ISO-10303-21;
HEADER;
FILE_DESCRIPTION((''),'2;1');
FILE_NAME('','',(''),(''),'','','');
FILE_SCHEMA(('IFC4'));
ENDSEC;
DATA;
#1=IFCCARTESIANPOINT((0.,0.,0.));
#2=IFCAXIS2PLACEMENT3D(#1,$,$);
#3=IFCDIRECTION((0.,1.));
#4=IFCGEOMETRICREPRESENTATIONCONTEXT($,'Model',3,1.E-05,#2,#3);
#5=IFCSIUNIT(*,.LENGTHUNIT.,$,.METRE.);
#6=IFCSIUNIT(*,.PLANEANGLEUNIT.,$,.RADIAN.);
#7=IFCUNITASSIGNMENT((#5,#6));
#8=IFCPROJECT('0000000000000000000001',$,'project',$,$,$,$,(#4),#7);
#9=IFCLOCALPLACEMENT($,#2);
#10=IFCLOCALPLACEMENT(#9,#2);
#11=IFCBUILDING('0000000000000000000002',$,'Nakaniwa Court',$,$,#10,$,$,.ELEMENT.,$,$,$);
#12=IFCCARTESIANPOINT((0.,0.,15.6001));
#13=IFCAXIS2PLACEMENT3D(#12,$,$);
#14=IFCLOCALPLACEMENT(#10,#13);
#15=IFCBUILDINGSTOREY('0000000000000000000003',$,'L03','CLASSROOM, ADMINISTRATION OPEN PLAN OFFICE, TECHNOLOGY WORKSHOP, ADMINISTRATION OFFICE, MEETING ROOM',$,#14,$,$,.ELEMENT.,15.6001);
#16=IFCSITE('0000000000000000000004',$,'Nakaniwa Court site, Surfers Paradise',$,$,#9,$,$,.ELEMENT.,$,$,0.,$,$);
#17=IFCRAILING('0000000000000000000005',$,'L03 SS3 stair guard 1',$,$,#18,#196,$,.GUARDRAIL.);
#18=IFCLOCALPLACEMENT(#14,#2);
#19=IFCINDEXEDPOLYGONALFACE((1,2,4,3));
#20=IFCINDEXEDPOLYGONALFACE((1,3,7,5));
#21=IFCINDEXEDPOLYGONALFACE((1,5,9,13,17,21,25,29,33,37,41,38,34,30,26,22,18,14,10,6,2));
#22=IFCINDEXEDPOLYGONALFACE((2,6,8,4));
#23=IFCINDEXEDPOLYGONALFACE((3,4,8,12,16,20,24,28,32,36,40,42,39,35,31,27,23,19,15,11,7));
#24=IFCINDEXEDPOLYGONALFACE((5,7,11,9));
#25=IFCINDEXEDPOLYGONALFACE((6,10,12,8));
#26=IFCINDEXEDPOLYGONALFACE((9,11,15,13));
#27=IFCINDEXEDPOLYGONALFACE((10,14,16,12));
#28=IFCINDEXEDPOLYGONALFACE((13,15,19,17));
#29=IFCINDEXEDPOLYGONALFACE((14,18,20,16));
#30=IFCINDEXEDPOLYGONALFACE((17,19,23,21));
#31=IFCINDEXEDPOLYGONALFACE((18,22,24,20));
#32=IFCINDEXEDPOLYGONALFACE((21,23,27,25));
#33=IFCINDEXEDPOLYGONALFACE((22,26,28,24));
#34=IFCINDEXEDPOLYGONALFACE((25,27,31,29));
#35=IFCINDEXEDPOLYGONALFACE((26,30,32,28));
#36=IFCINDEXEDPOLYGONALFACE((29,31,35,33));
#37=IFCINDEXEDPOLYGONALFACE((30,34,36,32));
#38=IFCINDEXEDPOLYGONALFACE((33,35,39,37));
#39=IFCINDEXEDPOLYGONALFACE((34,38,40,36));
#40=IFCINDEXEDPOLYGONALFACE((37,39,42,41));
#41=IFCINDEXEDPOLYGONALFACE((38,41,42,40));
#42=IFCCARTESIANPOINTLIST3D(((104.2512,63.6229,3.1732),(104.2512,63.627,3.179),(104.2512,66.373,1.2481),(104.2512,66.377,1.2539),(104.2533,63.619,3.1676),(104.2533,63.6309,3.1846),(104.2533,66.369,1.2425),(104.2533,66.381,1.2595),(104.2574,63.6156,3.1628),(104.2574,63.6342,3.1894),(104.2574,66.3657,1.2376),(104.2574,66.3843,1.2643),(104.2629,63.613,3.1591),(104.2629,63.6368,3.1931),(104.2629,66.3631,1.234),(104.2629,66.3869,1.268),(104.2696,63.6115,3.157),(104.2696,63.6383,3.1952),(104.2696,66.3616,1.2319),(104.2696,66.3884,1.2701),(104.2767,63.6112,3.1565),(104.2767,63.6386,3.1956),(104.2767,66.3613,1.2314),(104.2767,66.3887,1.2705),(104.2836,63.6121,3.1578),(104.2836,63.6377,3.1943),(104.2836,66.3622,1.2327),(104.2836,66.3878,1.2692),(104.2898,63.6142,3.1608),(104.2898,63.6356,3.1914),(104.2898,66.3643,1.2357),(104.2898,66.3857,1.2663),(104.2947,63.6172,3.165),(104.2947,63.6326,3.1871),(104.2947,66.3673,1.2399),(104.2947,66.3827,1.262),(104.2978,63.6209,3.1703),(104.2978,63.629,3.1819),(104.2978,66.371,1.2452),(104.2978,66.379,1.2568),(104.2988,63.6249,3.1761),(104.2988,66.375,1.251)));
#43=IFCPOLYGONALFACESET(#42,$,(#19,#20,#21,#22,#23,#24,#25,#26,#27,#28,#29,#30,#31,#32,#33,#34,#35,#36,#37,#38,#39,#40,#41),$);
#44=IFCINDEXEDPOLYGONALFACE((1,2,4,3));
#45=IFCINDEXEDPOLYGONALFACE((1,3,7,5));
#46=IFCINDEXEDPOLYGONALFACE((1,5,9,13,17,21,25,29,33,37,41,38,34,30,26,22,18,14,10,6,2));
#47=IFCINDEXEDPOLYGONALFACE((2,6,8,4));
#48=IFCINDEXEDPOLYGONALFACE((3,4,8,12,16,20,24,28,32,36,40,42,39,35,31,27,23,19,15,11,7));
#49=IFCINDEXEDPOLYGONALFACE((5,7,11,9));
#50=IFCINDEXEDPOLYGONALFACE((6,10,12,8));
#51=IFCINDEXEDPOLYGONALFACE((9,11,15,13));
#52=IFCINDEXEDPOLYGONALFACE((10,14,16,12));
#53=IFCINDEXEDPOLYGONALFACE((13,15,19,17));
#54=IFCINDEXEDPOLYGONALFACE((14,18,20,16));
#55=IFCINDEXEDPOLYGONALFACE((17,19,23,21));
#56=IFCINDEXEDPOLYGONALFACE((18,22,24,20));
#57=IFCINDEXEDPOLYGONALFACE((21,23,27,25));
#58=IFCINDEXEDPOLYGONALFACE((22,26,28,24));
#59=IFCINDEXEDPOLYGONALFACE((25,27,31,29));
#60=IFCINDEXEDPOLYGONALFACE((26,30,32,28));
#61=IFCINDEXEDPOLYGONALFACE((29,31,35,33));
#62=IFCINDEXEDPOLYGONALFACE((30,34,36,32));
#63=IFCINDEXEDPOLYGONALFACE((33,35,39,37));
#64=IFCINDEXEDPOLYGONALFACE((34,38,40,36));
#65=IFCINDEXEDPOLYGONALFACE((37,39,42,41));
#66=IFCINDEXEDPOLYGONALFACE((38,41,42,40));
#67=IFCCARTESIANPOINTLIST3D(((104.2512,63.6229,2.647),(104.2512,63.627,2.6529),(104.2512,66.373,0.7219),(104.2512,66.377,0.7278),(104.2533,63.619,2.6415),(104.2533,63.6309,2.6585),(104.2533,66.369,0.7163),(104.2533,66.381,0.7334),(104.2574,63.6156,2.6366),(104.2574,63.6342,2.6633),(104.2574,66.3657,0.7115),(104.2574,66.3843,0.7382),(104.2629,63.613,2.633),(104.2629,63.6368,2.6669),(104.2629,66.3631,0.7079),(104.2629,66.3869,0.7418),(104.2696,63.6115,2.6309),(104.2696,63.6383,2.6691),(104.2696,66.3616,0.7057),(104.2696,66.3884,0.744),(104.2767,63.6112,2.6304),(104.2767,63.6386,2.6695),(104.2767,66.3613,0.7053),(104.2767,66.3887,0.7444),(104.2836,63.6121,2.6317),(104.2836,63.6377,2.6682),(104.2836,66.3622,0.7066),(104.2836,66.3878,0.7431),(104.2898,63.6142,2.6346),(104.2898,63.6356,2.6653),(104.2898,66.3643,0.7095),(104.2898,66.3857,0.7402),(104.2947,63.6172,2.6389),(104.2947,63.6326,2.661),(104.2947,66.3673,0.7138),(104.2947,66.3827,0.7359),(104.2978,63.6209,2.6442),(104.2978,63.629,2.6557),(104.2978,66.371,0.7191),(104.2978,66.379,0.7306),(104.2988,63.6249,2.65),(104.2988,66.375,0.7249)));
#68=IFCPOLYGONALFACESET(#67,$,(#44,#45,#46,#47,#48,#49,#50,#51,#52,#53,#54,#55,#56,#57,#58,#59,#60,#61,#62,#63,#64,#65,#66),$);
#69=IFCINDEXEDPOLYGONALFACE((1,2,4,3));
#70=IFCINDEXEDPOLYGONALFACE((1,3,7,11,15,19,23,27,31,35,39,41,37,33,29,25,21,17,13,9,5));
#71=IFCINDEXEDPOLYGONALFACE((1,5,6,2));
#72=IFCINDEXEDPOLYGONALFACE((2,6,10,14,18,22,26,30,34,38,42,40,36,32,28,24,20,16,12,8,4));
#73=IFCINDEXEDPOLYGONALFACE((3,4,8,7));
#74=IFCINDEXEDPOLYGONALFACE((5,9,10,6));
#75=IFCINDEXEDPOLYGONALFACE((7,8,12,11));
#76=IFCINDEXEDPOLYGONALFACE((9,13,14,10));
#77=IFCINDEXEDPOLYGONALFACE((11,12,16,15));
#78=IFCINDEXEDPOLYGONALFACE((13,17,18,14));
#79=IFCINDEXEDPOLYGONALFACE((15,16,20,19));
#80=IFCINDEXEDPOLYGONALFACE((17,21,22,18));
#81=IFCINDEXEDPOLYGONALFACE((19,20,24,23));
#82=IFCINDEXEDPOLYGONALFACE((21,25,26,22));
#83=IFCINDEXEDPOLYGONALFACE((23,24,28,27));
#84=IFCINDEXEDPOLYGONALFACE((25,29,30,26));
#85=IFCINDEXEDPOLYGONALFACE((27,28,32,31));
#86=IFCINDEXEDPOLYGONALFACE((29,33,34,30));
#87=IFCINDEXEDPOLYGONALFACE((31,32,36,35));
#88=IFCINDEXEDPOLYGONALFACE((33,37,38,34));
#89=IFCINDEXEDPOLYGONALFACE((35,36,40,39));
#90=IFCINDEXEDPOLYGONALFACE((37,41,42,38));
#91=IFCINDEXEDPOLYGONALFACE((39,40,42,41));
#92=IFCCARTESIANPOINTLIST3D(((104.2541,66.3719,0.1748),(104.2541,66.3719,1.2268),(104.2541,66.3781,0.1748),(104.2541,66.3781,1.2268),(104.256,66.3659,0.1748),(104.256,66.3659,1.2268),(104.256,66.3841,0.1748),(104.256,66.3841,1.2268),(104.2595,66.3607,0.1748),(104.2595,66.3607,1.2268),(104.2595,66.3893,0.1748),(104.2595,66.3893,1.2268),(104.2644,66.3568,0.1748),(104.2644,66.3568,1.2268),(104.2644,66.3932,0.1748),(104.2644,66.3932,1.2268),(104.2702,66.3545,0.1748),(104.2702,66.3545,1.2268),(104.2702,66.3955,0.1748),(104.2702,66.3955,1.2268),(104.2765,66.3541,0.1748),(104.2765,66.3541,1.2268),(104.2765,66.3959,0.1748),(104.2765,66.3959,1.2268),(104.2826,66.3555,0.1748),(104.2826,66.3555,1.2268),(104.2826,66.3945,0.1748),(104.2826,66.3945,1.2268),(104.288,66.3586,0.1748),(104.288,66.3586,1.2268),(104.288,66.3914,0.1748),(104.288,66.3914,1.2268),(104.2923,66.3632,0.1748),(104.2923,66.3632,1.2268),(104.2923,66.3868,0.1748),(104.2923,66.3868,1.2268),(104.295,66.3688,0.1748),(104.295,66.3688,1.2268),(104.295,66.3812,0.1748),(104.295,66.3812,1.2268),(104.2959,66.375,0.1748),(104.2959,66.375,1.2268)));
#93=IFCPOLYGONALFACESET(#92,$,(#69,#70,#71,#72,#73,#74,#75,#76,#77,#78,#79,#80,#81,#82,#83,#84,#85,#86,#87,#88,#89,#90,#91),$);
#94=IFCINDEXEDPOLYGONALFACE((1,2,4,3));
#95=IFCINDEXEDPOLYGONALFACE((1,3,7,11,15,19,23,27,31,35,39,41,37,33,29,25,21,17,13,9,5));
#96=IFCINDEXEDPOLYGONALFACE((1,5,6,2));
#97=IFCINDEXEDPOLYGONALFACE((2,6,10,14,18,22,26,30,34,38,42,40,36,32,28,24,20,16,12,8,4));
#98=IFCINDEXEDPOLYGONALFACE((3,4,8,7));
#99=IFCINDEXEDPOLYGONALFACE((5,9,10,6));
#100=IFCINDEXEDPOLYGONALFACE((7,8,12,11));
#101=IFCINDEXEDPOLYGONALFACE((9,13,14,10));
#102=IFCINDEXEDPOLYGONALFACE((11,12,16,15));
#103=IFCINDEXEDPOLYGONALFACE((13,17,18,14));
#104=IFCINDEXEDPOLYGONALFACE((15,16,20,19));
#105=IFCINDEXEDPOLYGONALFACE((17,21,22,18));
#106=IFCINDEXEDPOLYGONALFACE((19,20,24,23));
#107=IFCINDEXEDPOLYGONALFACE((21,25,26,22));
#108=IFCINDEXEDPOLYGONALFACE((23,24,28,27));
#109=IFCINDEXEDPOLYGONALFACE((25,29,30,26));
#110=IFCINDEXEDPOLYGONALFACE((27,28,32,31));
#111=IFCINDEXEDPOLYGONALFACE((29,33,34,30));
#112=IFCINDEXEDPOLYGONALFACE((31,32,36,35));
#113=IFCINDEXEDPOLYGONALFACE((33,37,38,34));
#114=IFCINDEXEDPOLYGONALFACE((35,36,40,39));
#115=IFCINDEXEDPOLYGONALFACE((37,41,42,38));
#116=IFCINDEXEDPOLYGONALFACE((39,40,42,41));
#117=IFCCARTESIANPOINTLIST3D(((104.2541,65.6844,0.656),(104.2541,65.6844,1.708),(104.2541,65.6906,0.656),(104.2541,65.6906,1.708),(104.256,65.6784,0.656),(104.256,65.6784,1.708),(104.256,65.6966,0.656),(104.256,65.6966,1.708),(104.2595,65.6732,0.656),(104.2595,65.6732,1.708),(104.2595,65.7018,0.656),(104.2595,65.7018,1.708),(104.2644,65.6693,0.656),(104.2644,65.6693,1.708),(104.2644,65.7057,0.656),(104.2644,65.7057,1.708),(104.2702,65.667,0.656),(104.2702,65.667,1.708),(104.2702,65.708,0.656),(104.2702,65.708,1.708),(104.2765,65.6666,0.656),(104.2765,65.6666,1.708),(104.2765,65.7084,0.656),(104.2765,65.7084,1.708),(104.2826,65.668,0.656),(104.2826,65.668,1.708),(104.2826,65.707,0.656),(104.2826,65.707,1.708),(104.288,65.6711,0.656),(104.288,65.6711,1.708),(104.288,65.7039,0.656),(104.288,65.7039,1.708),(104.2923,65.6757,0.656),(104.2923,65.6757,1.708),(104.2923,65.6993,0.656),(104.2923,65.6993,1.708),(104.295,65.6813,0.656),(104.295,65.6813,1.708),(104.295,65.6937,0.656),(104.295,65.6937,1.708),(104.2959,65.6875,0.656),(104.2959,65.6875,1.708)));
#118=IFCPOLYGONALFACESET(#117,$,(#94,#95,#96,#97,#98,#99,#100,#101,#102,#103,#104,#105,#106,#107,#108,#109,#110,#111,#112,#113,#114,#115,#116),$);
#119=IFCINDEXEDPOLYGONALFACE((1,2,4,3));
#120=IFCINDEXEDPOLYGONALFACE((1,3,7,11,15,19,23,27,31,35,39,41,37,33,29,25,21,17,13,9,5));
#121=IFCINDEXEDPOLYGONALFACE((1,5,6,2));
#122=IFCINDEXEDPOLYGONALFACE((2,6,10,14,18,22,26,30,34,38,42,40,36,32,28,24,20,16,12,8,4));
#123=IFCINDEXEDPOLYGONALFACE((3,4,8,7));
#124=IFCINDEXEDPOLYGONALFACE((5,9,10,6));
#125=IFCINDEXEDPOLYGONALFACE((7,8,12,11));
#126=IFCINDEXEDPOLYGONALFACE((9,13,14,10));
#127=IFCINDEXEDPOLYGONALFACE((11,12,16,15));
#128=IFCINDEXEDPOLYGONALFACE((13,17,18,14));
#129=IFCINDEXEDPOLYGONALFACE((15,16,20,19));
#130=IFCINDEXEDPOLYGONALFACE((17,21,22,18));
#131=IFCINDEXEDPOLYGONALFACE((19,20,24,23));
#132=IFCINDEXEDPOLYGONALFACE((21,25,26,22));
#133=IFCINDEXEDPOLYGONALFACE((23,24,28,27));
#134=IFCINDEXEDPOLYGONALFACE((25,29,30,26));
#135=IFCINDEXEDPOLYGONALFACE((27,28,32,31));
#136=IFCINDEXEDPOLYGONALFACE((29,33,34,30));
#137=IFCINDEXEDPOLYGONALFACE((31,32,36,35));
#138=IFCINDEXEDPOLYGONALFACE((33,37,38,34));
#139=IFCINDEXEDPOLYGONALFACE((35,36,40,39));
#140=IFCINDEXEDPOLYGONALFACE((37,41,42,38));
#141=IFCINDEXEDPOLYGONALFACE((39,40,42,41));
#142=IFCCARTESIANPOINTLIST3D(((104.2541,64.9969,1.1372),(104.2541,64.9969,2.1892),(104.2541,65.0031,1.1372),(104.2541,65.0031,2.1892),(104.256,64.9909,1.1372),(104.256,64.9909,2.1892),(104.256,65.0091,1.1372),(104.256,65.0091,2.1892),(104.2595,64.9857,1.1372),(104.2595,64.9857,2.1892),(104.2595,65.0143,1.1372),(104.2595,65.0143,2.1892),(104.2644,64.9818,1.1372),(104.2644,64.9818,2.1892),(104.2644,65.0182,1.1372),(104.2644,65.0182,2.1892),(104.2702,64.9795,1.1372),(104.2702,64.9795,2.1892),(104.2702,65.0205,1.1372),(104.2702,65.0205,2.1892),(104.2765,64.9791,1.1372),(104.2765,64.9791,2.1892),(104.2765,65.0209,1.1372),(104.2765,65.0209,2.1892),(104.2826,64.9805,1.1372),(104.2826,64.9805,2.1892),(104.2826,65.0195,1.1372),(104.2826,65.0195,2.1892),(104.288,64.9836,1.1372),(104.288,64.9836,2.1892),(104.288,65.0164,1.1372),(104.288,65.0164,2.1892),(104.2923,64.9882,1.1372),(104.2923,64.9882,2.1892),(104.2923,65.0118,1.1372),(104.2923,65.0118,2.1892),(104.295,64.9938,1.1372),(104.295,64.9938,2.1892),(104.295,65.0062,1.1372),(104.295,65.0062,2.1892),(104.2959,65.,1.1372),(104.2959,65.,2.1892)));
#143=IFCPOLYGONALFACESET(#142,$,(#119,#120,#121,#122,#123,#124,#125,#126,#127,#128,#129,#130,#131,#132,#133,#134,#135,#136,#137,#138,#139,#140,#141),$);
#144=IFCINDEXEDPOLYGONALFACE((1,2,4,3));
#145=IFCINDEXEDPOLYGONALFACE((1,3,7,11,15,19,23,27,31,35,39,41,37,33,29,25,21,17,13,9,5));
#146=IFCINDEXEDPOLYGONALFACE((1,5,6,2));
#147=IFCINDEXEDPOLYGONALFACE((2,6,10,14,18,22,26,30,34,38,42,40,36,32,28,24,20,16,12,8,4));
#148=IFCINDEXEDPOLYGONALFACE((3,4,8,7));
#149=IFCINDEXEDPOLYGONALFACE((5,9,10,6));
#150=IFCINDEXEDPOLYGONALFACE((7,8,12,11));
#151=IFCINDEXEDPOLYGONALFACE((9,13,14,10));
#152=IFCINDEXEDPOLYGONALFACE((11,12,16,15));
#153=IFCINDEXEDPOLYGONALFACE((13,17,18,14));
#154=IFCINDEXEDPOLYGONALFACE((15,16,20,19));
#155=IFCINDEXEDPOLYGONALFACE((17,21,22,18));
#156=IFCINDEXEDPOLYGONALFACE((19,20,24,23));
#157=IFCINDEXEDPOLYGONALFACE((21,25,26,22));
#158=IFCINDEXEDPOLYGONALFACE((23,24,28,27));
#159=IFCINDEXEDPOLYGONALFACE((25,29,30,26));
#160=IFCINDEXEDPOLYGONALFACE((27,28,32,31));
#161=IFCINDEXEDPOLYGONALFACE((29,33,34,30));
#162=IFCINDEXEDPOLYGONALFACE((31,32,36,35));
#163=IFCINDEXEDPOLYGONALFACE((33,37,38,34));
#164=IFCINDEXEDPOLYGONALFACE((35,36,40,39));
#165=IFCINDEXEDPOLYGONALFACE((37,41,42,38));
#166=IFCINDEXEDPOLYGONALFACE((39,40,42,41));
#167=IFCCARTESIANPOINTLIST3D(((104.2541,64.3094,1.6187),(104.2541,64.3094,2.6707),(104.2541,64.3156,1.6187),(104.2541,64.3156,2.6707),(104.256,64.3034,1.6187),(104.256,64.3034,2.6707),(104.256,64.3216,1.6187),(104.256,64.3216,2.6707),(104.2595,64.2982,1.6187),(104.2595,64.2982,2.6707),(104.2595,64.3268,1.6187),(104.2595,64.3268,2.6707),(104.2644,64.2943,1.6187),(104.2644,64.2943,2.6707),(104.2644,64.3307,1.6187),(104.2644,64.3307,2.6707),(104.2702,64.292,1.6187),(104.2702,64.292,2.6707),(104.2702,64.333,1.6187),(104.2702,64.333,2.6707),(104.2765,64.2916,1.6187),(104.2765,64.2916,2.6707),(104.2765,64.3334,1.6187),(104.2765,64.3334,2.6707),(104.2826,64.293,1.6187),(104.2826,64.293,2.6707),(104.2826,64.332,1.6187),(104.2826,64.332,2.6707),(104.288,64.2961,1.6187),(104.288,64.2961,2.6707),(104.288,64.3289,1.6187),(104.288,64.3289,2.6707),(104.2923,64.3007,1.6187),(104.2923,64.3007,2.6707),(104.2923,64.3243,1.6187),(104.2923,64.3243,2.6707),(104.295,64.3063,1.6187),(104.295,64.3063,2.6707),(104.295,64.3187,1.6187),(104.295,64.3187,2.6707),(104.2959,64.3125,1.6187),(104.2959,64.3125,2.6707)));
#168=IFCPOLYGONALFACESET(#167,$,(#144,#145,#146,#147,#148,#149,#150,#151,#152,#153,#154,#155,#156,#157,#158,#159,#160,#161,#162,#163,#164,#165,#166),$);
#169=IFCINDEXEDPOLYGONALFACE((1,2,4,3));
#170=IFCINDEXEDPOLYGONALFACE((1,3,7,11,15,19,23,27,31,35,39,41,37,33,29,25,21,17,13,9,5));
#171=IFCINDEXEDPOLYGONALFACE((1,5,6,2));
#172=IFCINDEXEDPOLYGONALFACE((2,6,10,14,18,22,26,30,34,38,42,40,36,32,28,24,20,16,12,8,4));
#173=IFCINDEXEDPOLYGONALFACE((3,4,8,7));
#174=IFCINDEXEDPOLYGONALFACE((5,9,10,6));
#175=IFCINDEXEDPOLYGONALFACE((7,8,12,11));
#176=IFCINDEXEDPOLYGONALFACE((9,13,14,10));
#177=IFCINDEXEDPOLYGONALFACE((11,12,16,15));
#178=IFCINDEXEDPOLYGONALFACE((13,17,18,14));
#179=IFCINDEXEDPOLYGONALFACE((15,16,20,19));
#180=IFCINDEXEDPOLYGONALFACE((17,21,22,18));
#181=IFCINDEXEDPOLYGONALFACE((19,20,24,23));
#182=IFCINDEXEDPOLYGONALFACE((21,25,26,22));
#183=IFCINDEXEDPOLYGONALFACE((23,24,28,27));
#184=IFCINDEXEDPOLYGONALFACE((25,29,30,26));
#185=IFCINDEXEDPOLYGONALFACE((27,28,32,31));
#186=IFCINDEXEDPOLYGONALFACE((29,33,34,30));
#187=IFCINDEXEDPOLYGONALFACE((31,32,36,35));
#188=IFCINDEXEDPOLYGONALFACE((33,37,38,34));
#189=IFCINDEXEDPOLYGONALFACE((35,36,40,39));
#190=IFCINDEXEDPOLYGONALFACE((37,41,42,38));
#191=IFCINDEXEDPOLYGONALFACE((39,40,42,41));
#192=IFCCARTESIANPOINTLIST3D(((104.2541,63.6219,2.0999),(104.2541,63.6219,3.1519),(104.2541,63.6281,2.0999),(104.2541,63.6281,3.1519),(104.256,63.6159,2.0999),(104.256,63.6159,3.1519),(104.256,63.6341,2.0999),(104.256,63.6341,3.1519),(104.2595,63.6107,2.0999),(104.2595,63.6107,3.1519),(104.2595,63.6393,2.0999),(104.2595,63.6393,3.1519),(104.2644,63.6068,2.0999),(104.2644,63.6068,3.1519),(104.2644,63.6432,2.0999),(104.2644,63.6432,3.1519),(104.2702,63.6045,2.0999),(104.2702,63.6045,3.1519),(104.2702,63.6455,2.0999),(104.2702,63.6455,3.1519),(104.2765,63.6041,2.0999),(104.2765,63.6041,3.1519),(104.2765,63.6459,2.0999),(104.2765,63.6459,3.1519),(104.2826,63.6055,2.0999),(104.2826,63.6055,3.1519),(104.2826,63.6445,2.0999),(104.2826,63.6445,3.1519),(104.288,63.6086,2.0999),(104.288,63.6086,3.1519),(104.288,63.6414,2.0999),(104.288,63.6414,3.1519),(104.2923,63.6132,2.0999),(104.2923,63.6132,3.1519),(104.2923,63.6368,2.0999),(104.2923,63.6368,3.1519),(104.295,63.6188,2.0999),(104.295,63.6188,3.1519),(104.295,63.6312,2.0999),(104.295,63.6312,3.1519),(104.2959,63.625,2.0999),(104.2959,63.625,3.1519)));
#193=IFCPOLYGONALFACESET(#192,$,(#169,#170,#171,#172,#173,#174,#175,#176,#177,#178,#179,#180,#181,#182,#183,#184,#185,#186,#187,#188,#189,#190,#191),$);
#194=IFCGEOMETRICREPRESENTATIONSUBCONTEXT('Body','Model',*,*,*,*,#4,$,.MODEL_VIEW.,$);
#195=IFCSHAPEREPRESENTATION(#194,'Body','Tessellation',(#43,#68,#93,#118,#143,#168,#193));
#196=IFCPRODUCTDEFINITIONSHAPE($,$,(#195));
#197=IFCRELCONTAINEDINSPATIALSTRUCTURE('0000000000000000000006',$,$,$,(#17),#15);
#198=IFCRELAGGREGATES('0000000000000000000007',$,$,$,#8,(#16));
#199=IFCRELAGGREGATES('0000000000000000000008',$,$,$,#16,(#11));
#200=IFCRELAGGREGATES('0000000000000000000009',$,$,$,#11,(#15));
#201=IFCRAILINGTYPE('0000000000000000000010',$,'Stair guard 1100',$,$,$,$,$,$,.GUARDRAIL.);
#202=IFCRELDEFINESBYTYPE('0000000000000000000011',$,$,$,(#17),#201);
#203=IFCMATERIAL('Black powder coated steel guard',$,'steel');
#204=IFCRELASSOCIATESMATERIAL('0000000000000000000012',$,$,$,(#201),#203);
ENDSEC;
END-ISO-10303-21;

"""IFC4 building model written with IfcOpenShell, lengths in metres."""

from ifc_helpers import new_model, si_unit, direction, frame, origin, origin_2d, place, context, subcontext, project, spatial, circle, extrude, material, type_object, element, save


model = new_model("IFC4")

# Units and contexts
model_context = context("Model", 3, precision=1e-05, world=origin(), true_north=direction((0.0, 1.0)))
body_context = subcontext(model_context, "Body", "Model", "MODEL_VIEW")
ifc_project = project(units=[si_unit("LENGTHUNIT", "METRE"), si_unit("PLANEANGLEUNIT", "RADIAN")], contexts=[model_context])

# Site, building, storey
site_placement = place(None, origin())
site = spatial("IfcSite", under=ifc_project, at=site_placement, Name="Nakaniwa Court site, Surfers Paradise", CompositionType="ELEMENT", RefElevation=0.0)
building_placement = place(site_placement, origin())
building = spatial("IfcBuilding", under=site, at=building_placement, Name="Nakaniwa Court", CompositionType="ELEMENT")
storey_placement = place(building_placement, frame((0.0, 0.0, 15.6001)))
storey = spatial("IfcBuildingStorey", under=building, at=storey_placement, Name="L03", Description="CLASSROOM, ADMINISTRATION OPEN PLAN OFFICE, TECHNOLOGY WORKSHOP, ADMINISTRATION OFFICE, MEETING ROOM", CompositionType="ELEMENT", Elevation=15.6001)

# Railing
ifc_material_1 = material(Name="Black powder coated steel guard", Category="steel")
railing_type_1 = type_object("IfcRailingType", Name="Stair guard 1100", PredefinedType="GUARDRAIL", material=ifc_material_1)
railing_1_placement = place(storey_placement, frame((104.2749, 66.375, 0.1748)))
element("IfcRailing", 1, at=railing_1_placement, inside=storey, type_object=railing_type_1, Name="L03 SS3 stair guard 1", PredefinedType="GUARDRAIL", context=body_context, shape_type="SweptSolid", body=[
    extrude(circle(Radius=0.0239, at=origin_2d()), frame((0.0, 0.0, 1.0762), z_axis=(0.0, -0.819225, 0.573472), x_axis=(1.0, 0.0, 0.0)), (0.0, 0.0, 1.0), 3.3569),
    extrude(circle(Radius=0.0239, at=origin_2d()), frame((0.0, 0.0, 0.55), z_axis=(0.0, -0.819225, 0.573472), x_axis=(1.0, 0.0, 0.0)), (0.0, 0.0, 1.0), 3.3569),
    extrude(circle(Radius=0.021, at=origin_2d()), origin(), (0.0, 0.0, 1.0), 1.052),
    extrude(circle(Radius=0.021, at=origin_2d()), frame((0.0, -0.6875, 0.4812)), (0.0, 0.0, 1.0), 1.052),
    extrude(circle(Radius=0.021, at=origin_2d()), frame((0.0, -1.375, 0.9624)), (0.0, 0.0, 1.0), 1.052),
    extrude(circle(Radius=0.021, at=origin_2d()), frame((0.0, -2.0625, 1.4438)), (0.0, 0.0, 1.0), 1.052),
    extrude(circle(Radius=0.021, at=origin_2d()), frame((0.0, -2.75, 1.925)), (0.0, 0.0, 1.0), 1.052),
])

save(model, "model.ifc")
